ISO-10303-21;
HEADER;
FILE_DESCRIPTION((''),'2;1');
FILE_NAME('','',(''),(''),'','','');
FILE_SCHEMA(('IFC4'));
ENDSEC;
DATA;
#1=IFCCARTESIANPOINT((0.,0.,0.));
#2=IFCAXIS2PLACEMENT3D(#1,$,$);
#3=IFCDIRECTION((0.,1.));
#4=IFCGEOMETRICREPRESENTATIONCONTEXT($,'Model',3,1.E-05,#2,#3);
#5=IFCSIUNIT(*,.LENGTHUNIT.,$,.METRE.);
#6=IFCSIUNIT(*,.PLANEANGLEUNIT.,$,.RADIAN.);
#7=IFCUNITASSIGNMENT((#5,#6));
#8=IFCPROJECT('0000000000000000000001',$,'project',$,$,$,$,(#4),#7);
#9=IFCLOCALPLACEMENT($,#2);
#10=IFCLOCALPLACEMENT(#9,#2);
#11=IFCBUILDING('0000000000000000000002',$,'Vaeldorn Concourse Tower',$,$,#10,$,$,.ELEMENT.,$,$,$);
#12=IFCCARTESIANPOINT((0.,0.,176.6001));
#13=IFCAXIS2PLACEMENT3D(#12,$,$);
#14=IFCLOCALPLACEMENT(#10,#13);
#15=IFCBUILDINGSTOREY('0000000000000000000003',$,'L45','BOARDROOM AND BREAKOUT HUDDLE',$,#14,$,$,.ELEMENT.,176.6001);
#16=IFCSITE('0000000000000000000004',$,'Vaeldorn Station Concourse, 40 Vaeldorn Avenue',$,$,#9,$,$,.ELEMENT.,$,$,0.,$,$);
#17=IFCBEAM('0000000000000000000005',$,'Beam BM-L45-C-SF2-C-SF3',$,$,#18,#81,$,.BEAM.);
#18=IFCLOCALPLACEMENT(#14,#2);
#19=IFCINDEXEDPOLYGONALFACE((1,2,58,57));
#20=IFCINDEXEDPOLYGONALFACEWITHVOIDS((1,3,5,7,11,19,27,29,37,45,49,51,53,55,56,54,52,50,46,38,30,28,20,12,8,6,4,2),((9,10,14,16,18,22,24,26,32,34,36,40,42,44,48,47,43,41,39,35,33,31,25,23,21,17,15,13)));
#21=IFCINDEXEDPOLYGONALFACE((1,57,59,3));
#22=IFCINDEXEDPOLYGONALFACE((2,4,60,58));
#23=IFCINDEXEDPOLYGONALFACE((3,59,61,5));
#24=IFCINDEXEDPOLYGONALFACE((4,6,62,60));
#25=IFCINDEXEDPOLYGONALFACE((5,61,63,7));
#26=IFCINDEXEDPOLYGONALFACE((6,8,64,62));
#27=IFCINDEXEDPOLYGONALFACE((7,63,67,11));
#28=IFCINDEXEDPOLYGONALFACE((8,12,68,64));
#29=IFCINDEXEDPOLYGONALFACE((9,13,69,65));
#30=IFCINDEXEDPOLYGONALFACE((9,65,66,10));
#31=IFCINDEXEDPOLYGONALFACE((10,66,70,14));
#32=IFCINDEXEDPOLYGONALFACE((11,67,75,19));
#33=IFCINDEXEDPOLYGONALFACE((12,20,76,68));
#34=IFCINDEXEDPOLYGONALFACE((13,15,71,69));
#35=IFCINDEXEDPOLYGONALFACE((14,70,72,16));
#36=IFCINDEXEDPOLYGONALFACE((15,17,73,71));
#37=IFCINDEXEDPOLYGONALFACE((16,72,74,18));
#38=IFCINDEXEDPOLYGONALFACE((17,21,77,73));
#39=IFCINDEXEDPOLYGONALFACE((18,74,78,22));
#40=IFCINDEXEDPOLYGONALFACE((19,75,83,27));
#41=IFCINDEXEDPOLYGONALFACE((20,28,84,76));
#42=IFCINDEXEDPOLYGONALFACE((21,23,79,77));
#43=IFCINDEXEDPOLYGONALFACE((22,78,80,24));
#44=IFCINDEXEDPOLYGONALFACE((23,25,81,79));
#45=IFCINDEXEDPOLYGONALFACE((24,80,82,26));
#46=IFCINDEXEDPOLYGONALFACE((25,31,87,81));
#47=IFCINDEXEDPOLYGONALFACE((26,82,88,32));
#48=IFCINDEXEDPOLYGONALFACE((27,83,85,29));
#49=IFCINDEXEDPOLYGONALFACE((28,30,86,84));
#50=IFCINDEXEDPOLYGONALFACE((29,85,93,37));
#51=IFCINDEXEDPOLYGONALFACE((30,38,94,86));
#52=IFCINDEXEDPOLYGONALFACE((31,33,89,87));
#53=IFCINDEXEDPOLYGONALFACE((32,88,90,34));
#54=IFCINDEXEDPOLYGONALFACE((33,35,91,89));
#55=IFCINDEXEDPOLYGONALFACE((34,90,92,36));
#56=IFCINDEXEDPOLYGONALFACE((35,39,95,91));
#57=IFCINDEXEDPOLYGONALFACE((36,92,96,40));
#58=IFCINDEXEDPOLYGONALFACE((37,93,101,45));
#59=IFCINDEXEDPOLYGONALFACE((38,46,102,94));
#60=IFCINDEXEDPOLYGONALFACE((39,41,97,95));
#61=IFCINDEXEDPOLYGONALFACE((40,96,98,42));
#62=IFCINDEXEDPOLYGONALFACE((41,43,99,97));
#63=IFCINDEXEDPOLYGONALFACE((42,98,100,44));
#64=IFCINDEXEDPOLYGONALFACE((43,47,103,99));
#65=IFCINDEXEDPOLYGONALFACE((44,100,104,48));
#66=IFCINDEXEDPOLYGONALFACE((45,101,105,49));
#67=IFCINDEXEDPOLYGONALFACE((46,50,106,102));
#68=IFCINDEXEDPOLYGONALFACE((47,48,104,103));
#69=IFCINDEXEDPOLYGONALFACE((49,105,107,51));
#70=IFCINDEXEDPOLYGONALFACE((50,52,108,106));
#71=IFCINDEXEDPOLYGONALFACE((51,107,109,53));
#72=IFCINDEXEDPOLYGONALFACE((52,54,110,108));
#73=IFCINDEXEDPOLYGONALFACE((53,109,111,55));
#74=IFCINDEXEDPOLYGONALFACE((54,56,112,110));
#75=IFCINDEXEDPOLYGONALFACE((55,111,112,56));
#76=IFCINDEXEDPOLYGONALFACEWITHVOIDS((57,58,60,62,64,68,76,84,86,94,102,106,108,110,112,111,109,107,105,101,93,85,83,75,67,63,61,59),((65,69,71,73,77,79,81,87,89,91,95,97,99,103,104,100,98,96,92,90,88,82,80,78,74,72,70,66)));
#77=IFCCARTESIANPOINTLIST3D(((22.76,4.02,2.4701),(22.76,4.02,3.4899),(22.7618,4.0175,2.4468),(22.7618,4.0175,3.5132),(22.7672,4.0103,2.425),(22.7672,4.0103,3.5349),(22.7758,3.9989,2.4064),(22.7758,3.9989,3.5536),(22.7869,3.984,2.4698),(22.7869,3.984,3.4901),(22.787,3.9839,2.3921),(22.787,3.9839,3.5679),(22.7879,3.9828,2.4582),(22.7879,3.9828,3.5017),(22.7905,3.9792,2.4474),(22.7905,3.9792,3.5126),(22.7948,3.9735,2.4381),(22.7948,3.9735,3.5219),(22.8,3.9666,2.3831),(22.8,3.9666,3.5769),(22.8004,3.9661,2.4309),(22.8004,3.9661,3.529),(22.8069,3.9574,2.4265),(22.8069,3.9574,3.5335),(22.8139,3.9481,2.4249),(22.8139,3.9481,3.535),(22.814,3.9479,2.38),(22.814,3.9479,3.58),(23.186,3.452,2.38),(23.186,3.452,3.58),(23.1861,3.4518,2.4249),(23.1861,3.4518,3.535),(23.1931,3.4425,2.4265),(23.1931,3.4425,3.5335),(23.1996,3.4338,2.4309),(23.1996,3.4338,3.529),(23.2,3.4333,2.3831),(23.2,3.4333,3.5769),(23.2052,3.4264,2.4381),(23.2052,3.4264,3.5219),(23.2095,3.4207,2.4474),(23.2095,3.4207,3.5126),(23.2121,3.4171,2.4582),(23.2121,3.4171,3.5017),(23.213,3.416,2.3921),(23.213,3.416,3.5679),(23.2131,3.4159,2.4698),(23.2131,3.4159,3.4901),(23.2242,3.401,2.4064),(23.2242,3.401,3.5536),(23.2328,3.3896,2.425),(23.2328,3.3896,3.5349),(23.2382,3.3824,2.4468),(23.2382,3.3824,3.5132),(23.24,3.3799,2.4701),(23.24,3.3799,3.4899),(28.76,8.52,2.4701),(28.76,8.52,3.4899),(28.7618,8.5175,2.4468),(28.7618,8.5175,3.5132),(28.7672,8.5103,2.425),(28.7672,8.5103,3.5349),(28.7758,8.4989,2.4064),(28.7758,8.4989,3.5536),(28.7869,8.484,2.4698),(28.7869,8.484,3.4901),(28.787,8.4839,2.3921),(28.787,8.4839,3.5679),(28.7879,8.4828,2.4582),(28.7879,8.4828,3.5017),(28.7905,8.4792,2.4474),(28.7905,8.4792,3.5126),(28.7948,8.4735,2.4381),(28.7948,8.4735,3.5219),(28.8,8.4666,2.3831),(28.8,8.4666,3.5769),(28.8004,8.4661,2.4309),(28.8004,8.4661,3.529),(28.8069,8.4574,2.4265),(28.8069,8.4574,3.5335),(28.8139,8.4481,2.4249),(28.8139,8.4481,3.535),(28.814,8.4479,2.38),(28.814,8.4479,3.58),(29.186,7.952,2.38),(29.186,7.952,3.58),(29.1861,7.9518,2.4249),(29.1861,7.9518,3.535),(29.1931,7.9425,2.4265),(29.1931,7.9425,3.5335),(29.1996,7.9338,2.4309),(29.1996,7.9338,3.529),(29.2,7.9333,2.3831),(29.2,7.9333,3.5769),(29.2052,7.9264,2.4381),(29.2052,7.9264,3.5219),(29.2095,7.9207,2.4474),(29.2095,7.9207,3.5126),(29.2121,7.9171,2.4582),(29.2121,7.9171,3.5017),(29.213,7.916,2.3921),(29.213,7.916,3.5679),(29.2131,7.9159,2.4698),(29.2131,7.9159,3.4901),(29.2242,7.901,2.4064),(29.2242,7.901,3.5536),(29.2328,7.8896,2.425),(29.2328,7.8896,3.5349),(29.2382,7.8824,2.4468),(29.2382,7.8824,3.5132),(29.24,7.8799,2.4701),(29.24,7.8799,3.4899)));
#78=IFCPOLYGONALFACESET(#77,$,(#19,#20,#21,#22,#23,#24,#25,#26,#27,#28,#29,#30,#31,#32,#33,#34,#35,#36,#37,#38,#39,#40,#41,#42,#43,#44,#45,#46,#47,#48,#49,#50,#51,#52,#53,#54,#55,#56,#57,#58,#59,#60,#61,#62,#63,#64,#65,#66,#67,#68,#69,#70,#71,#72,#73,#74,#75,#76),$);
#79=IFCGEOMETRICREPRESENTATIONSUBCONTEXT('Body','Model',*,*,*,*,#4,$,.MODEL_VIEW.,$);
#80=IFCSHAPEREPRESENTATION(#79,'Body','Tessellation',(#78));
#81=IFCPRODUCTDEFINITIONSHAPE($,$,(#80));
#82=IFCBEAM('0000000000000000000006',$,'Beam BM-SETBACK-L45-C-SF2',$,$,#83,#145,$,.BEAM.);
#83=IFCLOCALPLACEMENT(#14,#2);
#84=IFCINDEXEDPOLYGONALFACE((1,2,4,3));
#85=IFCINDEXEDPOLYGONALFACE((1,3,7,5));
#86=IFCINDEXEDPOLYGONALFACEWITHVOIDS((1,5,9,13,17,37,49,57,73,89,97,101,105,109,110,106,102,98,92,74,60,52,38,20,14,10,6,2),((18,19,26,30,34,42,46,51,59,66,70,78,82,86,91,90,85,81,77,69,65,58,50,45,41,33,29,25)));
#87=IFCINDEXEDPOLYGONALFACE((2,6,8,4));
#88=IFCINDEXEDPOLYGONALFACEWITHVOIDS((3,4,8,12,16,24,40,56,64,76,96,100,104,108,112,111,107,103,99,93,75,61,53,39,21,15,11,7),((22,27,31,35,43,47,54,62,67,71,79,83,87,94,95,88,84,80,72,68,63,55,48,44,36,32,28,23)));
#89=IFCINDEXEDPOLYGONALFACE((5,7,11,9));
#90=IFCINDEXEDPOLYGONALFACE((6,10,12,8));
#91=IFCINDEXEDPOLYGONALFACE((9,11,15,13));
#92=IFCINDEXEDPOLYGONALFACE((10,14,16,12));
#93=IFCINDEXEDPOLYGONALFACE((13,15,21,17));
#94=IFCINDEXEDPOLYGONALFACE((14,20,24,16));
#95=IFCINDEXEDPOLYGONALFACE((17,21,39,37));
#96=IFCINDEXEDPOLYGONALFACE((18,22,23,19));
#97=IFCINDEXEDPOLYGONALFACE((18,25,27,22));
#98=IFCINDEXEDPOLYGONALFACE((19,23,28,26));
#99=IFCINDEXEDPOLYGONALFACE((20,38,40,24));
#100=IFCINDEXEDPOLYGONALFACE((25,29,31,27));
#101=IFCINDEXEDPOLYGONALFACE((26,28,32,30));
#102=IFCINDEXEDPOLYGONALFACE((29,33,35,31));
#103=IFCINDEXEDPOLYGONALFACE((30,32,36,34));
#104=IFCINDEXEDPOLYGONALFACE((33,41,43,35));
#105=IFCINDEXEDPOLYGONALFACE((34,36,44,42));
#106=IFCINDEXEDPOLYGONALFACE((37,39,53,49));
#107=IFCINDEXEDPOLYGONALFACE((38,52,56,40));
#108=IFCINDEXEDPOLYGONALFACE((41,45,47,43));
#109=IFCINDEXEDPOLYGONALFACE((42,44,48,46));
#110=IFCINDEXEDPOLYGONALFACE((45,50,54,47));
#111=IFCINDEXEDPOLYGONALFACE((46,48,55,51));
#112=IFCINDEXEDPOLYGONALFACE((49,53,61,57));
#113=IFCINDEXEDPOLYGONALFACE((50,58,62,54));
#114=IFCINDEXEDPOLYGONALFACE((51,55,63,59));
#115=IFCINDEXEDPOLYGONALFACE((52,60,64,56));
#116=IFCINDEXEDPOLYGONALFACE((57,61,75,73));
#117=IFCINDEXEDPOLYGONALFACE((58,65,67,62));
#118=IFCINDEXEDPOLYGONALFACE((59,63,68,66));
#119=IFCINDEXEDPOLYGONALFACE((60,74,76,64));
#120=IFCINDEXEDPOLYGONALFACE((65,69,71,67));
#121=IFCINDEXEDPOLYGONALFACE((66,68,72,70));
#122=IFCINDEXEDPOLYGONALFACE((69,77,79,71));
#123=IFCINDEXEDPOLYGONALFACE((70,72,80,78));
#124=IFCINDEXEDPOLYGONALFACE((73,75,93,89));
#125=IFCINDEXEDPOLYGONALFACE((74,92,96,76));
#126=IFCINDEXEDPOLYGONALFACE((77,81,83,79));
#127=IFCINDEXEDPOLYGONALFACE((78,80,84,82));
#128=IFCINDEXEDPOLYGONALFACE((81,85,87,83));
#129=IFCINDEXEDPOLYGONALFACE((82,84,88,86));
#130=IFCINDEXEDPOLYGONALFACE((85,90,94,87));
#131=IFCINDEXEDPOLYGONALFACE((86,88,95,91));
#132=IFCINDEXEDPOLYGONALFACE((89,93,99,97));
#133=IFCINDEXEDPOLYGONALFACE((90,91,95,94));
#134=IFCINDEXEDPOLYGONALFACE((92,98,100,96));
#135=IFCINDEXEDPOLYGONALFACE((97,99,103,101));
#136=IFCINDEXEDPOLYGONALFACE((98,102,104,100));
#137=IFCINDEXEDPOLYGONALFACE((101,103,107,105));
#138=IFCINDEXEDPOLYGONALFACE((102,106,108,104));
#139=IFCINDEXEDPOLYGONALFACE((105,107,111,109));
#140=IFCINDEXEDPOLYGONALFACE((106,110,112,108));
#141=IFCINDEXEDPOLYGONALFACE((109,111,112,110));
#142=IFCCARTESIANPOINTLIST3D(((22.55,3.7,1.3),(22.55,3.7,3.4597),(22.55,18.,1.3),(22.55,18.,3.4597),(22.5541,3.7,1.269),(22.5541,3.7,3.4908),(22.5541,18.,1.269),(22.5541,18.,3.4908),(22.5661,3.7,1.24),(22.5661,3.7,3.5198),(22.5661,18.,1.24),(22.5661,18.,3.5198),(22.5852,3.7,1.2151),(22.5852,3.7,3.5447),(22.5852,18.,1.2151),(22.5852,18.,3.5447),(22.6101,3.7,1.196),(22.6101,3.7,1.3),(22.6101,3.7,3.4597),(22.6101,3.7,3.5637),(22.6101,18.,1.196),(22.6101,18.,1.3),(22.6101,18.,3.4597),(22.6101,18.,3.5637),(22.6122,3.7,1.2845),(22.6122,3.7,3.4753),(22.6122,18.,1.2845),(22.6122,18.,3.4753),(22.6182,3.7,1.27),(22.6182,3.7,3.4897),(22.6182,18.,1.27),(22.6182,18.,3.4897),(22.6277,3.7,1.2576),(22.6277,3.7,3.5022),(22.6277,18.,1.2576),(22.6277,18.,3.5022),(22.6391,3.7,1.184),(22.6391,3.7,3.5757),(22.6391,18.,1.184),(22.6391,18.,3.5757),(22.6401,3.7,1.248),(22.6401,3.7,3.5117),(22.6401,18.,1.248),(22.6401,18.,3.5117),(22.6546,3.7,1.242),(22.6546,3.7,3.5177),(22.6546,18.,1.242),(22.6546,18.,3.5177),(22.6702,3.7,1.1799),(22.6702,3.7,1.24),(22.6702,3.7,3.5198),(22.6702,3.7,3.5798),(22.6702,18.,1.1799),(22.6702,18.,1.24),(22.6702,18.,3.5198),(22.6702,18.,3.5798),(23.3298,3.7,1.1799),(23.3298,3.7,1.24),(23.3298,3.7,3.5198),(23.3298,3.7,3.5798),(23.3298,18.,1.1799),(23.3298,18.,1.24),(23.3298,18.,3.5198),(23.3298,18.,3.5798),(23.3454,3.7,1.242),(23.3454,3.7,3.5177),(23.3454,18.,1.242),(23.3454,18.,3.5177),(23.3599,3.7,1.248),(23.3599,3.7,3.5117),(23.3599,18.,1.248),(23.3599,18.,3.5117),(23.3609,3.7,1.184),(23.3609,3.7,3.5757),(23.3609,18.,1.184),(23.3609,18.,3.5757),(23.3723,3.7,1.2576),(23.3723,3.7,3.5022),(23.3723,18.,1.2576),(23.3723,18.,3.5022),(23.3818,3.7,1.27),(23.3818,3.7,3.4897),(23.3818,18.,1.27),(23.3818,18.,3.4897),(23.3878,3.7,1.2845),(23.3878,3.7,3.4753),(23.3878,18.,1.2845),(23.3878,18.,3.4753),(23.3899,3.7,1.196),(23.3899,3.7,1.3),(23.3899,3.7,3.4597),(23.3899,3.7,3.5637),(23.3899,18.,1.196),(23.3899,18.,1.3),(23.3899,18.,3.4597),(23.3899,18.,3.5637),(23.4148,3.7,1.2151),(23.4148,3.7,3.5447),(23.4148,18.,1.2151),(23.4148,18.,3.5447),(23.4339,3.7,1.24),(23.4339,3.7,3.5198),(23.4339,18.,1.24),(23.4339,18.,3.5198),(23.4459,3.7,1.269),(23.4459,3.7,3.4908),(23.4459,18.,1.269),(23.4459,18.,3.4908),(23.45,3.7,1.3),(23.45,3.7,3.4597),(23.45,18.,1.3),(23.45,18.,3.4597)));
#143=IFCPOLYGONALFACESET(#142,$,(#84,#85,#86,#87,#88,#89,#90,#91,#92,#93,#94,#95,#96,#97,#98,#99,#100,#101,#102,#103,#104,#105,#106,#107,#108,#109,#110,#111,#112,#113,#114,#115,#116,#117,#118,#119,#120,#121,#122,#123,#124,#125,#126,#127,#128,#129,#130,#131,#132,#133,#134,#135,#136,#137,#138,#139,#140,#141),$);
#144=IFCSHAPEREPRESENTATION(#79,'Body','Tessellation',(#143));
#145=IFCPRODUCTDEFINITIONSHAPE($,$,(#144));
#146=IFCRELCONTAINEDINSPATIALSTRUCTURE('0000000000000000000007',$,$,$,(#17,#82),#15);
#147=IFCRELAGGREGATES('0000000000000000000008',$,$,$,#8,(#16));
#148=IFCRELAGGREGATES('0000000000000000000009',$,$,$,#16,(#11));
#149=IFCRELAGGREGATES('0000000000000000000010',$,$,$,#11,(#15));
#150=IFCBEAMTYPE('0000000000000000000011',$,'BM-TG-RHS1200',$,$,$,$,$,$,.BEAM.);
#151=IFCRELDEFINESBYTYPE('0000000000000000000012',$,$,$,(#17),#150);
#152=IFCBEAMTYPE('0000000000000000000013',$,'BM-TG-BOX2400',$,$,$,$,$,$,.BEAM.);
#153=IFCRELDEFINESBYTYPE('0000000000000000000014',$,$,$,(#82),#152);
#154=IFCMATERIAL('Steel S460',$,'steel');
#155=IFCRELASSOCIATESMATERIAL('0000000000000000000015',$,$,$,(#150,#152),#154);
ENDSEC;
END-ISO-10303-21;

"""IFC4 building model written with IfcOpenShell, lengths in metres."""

from ifc_helpers import new_model, si_unit, direction, frame, origin, origin_2d, place, context, subcontext, project, spatial, hollow_rectangle, extrude, source, transform, mapped, material, material_profile, profile_set, type_object, element, save


model = new_model("IFC4")

# Units and contexts
model_context = context("Model", 3, precision=1e-05, world=origin(), true_north=direction((0.0, 1.0)))
body_context = subcontext(model_context, "Body", "Model", "MODEL_VIEW")
ifc_project = project(units=[si_unit("LENGTHUNIT", "METRE"), si_unit("PLANEANGLEUNIT", "RADIAN")], contexts=[model_context])

# Site, building, storey
site_placement = place(None, origin())
site = spatial("IfcSite", under=ifc_project, at=site_placement, Name="Vaeldorn Station Concourse, 40 Vaeldorn Avenue", CompositionType="ELEMENT", RefElevation=0.0)
building_placement = place(site_placement, origin())
building = spatial("IfcBuilding", under=site, at=building_placement, Name="Vaeldorn Concourse Tower", CompositionType="ELEMENT")
storey_placement = place(building_placement, frame((0.0, 0.0, 176.6001)))
storey = spatial("IfcBuildingStorey", under=building, at=storey_placement, Name="L45", Description="BOARDROOM AND BREAKOUT HUDDLE", CompositionType="ELEMENT", Elevation=176.6001)

# Beams
ifc_material_1 = material(Name="Steel S460", Category="steel")
ifc_material_profile_1 = material_profile(ifc_material_1, hollow_rectangle(XDim=0.8, YDim=1.2, WallThickness=0.0449, InnerFilletRadius=0.0449, OuterFilletRadius=0.0901, at=origin_2d()), Name="RHS 1200x800x45")
ifc_profile_set_1 = profile_set([ifc_material_profile_1], Name="Steel S460")
beam_type_1 = type_object("IfcBeamType", Name="BM-TG-RHS1200", PredefinedType="BEAM", material=ifc_profile_set_1)
shared_shape_1 = source(origin(), body_context, "Body", "SweptSolid", [
    extrude(hollow_rectangle(XDim=0.8, YDim=1.2, WallThickness=0.0449, InnerFilletRadius=0.0449, OuterFilletRadius=0.0901, at=origin_2d()), origin(), (0.0, 0.0, 1.0), 7.5),
])
beam_1_placement = place(storey_placement, frame((23.0, 3.7, 2.98), z_axis=(0.8, 0.6, 0.0), x_axis=(-0.6, 0.8, 0.0)))
element("IfcBeam", 1, at=beam_1_placement, inside=storey, type_object=beam_type_1, Name="Beam BM-L45-C-SF2-C-SF3", PredefinedType="BEAM", context=body_context, shape_type="MappedRepresentation", body=[
    mapped(shared_shape_1, transform((0.0, 0.0, 0.0), scale=1.0)),
])
ifc_material_profile_2 = material_profile(ifc_material_1, hollow_rectangle(XDim=0.8999, YDim=2.3999, WallThickness=0.0601, InnerFilletRadius=0.0601, OuterFilletRadius=0.1201, at=origin_2d()), Name="RHS 2400x900x60")
ifc_profile_set_2 = profile_set([ifc_material_profile_2], Name="Steel S460")
beam_type_2 = type_object("IfcBeamType", Name="BM-TG-BOX2400", PredefinedType="BEAM", material=ifc_profile_set_2)
shared_shape_2 = source(origin(), body_context, "Body", "SweptSolid", [
    extrude(hollow_rectangle(XDim=0.8999, YDim=2.3999, WallThickness=0.0601, InnerFilletRadius=0.0601, OuterFilletRadius=0.1201, at=origin_2d()), origin(), (0.0, 0.0, 1.0), 14.3),
])
beam_2_placement = place(storey_placement, frame((23.0, 3.7, 2.3799), z_axis=(0.0, 1.0, 0.0), x_axis=(-1.0, 0.0, 0.0)))
element("IfcBeam", 2, at=beam_2_placement, inside=storey, type_object=beam_type_2, Name="Beam BM-SETBACK-L45-C-SF2", PredefinedType="BEAM", context=body_context, shape_type="MappedRepresentation", body=[
    mapped(shared_shape_2, transform((0.0, 0.0, 0.0), scale=1.0)),
])

save(model, "model.ifc")
